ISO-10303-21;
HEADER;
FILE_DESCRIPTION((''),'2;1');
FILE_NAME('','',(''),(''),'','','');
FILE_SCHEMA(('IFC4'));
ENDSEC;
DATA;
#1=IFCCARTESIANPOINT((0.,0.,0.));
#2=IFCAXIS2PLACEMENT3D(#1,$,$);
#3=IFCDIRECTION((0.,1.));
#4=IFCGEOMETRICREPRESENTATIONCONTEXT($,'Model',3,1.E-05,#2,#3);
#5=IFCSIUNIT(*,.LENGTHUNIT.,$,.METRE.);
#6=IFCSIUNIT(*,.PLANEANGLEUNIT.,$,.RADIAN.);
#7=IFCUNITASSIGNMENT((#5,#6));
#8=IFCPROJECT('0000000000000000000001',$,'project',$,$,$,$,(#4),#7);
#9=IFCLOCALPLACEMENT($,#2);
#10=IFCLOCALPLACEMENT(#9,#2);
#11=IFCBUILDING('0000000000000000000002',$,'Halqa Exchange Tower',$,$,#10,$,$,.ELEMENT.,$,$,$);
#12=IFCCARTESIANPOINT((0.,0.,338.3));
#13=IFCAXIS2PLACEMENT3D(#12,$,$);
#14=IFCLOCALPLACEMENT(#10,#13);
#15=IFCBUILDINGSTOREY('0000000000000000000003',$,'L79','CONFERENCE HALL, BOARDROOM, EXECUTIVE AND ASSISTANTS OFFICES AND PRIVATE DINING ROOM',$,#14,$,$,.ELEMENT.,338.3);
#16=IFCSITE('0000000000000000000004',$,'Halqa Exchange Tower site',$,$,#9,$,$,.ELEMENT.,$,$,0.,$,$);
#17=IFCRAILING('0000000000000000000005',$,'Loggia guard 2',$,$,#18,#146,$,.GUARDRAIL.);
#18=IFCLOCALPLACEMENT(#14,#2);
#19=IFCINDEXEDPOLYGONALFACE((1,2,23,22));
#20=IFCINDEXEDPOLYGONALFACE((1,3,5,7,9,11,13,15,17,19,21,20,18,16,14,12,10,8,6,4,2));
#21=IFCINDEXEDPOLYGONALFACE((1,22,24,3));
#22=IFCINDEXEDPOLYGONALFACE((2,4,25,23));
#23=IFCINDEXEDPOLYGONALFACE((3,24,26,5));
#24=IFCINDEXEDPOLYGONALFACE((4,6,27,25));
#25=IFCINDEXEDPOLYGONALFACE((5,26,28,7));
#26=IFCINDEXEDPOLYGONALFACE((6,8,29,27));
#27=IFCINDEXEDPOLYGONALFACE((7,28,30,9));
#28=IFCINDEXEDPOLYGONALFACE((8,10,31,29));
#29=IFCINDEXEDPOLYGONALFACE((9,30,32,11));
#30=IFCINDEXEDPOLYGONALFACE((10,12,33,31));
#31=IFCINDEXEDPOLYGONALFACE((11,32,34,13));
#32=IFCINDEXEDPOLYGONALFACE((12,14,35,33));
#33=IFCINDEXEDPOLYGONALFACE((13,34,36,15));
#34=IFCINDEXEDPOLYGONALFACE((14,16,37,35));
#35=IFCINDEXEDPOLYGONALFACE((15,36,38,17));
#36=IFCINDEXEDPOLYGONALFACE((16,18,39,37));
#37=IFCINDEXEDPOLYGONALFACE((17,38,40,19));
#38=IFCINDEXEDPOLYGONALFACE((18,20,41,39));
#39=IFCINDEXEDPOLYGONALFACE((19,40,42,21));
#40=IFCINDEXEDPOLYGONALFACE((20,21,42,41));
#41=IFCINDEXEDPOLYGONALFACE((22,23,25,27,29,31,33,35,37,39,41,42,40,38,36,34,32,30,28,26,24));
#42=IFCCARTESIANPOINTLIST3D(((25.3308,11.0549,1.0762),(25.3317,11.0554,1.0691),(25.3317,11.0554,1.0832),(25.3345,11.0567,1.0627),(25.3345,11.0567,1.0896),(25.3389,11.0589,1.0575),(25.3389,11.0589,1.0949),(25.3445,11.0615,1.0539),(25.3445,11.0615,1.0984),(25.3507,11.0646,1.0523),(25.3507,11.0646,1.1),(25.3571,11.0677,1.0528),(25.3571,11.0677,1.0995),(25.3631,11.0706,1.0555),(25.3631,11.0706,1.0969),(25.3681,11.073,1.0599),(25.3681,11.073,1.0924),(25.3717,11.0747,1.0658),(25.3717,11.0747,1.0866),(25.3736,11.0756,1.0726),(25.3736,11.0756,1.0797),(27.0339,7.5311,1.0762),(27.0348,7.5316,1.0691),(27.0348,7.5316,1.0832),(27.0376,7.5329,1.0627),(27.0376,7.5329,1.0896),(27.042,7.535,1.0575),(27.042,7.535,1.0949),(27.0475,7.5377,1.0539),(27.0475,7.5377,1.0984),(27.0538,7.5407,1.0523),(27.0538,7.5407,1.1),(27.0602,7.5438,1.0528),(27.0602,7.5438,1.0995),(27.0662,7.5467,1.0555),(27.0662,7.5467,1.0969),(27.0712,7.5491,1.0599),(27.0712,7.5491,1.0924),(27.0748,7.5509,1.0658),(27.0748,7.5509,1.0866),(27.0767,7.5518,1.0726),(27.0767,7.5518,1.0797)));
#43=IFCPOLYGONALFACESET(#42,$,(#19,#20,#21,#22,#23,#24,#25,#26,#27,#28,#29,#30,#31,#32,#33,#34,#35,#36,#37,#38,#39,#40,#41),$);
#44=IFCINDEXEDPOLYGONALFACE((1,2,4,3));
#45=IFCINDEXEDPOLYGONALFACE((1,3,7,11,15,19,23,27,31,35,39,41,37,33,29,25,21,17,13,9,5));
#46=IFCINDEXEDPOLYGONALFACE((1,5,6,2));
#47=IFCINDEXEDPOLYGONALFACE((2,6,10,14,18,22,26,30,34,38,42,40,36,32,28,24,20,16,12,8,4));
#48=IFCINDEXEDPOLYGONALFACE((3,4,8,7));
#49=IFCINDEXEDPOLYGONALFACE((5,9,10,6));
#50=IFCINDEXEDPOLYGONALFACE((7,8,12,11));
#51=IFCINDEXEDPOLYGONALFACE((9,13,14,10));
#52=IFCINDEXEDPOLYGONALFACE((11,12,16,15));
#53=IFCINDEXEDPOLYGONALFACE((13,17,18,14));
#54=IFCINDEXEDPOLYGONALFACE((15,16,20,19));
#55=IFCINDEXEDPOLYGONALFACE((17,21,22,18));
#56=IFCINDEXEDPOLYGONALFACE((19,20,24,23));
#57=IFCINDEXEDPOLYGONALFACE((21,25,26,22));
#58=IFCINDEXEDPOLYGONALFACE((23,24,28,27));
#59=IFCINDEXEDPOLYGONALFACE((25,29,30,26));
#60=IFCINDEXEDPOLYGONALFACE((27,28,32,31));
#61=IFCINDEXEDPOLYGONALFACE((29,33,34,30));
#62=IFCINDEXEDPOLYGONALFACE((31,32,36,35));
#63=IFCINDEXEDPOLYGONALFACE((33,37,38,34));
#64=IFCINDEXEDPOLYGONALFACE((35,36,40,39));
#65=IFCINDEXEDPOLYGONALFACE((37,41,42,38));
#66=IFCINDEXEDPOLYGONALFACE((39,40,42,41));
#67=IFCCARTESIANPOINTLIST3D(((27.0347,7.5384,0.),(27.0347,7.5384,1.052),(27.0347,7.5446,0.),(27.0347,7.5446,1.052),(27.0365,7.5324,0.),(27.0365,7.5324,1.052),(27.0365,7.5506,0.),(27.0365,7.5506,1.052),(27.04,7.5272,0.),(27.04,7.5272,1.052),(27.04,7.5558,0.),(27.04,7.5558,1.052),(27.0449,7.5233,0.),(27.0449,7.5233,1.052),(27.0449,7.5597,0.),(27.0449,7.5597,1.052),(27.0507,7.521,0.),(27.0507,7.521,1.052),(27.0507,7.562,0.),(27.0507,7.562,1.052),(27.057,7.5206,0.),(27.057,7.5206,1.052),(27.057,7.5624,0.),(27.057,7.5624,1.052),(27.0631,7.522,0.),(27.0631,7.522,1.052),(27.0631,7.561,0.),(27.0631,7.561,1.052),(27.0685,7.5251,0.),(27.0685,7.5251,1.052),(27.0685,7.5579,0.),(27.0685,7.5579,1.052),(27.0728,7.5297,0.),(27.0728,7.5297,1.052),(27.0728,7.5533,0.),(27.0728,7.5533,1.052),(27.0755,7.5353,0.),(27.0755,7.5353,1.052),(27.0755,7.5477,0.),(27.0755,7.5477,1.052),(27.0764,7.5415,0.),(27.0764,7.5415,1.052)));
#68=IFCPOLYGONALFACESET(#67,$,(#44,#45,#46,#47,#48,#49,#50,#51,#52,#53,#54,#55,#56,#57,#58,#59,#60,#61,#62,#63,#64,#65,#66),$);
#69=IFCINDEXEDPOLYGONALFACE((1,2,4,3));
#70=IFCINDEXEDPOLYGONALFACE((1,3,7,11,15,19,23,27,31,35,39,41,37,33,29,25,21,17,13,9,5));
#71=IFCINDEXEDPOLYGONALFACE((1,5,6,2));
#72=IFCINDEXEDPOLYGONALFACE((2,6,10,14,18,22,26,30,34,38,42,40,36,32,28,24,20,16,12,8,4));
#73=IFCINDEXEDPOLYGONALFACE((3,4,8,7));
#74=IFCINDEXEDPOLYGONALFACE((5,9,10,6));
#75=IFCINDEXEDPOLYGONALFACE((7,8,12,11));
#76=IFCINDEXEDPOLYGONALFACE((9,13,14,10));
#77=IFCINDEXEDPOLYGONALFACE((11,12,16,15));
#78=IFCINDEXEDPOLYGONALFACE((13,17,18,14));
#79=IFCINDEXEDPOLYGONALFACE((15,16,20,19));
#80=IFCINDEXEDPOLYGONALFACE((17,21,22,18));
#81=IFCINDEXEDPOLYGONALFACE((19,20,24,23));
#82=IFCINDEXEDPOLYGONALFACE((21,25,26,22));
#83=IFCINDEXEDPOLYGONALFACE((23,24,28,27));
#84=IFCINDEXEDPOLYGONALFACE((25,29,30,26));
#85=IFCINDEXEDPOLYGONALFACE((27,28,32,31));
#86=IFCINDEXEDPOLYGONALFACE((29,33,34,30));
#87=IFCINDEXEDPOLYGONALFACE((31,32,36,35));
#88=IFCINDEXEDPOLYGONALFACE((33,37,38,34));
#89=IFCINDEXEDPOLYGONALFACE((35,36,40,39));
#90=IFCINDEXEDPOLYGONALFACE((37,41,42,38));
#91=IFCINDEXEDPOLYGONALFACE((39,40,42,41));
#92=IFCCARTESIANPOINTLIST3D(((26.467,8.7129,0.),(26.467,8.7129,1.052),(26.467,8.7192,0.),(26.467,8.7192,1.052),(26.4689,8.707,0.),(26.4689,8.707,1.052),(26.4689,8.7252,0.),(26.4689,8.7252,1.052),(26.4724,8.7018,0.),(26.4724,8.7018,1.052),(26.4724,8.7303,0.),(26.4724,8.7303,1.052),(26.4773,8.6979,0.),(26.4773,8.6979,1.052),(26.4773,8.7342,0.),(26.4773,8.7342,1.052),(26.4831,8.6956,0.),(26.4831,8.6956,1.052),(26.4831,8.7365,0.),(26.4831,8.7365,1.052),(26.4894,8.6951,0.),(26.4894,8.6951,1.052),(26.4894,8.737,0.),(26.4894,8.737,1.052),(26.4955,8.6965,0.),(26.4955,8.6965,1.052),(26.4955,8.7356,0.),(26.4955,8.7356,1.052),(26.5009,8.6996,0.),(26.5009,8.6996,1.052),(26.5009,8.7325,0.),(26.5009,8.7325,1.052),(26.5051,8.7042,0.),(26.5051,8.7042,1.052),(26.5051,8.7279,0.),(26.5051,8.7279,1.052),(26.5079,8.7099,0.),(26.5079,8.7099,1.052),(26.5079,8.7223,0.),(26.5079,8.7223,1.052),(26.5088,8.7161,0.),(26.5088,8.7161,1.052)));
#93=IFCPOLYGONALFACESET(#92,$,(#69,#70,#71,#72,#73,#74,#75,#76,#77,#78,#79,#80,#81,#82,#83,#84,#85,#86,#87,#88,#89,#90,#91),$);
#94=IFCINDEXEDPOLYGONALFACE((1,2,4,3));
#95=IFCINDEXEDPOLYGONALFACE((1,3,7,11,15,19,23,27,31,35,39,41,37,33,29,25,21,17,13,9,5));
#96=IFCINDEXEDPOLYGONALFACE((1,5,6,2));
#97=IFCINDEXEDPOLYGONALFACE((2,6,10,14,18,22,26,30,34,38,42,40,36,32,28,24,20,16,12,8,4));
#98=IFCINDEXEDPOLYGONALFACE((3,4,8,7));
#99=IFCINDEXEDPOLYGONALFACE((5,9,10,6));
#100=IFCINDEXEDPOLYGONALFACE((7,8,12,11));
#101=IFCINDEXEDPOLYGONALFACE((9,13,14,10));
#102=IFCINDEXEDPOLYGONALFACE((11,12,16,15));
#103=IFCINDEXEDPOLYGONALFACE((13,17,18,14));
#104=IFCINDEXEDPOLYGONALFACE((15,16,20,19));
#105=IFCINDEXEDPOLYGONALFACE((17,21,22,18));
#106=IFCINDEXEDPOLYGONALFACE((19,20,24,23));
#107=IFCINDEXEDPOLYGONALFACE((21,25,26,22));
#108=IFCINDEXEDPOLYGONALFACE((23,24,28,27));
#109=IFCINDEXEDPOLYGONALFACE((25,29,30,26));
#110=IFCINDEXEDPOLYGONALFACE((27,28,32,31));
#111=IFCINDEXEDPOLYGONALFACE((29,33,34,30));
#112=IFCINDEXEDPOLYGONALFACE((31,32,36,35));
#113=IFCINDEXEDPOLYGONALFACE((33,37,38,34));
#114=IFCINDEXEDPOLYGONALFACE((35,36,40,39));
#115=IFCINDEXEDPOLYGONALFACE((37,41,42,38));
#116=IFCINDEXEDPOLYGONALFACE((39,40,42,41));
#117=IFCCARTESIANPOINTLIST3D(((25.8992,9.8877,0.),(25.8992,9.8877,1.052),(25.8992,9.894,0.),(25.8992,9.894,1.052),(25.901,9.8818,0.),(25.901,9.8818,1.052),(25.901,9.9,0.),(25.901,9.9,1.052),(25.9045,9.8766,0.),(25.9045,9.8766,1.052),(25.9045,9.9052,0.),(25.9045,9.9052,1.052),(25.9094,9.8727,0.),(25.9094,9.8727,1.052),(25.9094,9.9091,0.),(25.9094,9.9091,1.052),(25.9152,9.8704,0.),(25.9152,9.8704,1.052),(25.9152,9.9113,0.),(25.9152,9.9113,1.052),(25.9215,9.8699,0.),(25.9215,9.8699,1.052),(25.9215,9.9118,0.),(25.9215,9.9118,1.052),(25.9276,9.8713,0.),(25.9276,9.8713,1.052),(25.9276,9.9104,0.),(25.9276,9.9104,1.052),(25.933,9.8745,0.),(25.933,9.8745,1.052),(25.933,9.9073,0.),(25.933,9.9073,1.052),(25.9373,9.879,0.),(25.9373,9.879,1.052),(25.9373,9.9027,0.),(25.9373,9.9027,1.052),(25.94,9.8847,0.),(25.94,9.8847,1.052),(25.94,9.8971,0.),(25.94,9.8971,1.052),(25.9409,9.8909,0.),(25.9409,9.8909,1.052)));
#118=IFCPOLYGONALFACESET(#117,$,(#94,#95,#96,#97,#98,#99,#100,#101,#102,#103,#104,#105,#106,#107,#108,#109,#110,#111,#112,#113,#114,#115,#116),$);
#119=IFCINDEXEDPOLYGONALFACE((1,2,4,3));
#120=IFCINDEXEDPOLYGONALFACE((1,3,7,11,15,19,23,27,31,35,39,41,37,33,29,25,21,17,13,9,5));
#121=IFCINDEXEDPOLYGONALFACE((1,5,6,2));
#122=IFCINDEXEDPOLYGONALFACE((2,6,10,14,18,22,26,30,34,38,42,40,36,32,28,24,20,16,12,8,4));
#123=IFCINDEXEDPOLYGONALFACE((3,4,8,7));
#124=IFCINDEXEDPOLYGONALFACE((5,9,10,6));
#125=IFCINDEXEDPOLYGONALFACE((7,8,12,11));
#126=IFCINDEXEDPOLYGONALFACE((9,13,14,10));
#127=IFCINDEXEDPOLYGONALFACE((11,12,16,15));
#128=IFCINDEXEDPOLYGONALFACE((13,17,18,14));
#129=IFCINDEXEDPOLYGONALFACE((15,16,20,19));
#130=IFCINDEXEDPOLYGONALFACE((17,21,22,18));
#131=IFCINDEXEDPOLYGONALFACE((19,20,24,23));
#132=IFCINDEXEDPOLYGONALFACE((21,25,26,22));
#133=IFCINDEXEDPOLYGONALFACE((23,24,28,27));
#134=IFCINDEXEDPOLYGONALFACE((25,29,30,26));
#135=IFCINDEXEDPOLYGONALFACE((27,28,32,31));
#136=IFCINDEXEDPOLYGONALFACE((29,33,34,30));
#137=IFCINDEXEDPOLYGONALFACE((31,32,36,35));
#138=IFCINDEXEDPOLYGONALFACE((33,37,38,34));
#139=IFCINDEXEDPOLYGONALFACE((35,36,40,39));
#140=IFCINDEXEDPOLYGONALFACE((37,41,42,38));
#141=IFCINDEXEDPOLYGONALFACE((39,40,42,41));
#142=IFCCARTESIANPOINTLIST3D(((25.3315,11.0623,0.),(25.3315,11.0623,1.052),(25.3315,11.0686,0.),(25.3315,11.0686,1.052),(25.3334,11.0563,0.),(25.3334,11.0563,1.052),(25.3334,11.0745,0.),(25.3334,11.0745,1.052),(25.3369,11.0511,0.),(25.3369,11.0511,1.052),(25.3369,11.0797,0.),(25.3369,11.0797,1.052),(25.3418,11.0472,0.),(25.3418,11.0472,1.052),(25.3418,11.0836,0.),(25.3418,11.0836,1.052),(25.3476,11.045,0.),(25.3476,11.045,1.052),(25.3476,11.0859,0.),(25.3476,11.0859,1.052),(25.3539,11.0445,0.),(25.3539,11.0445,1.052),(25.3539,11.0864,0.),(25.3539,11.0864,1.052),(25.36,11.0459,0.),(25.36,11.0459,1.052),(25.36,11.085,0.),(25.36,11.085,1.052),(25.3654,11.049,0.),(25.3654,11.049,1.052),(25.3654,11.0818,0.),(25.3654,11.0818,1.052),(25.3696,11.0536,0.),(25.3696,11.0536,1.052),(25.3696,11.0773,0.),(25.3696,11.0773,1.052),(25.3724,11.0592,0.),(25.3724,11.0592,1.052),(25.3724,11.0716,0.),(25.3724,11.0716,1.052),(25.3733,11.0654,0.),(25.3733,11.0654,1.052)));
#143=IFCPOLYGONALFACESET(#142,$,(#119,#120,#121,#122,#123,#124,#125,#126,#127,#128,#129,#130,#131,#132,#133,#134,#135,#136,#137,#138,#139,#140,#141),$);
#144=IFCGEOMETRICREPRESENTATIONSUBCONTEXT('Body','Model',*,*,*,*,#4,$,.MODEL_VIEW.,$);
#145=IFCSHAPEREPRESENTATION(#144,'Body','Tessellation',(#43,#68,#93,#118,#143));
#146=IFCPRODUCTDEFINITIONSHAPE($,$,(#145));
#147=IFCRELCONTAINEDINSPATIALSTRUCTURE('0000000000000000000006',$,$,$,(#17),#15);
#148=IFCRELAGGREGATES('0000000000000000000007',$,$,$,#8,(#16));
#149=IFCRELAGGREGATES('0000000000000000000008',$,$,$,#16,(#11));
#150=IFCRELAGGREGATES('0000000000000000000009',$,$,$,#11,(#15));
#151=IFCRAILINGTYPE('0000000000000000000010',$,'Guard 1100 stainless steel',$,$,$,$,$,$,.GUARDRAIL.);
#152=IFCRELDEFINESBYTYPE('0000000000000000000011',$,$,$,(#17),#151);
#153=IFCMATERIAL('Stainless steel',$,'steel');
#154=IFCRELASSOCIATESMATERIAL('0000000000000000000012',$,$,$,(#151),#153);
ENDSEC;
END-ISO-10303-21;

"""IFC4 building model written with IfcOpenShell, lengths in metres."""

from ifc_helpers import new_model, si_unit, direction, frame, origin, origin_2d, place, context, subcontext, project, spatial, circle, extrude, material, type_object, element, save


model = new_model("IFC4")

# Units and contexts
model_context = context("Model", 3, precision=1e-05, world=origin(), true_north=direction((0.0, 1.0)))
body_context = subcontext(model_context, "Body", "Model", "MODEL_VIEW")
ifc_project = project(units=[si_unit("LENGTHUNIT", "METRE"), si_unit("PLANEANGLEUNIT", "RADIAN")], contexts=[model_context])

# Site, building, storey
site_placement = place(None, origin())
site = spatial("IfcSite", under=ifc_project, at=site_placement, Name="Halqa Exchange Tower site", CompositionType="ELEMENT", RefElevation=0.0)
building_placement = place(site_placement, origin())
building = spatial("IfcBuilding", under=site, at=building_placement, Name="Halqa Exchange Tower", CompositionType="ELEMENT")
storey_placement = place(building_placement, frame((0.0, 0.0, 338.3)))
storey = spatial("IfcBuildingStorey", under=building, at=storey_placement, Name="L79", Description="CONFERENCE HALL, BOARDROOM, EXECUTIVE AND ASSISTANTS OFFICES AND PRIVATE DINING ROOM", CompositionType="ELEMENT", Elevation=338.3)

# Railing
ifc_material_1 = material(Name="Stainless steel", Category="steel")
railing_type = type_object("IfcRailingType", Name="Guard 1100 stainless steel", PredefinedType="GUARDRAIL", material=ifc_material_1)
railing_1_placement = place(storey_placement, frame((27.0554, 7.5415, 0.0)))
element("IfcRailing", 1, at=railing_1_placement, inside=storey, type_object=railing_type, Name="Loggia guard 2", PredefinedType="GUARDRAIL", context=body_context, shape_type="SweptSolid", body=[
    extrude(circle(Radius=0.0239, at=origin_2d()), frame((0.0, 0.0, 1.0762), z_axis=(-0.435147, 0.90036, 0.0), x_axis=(-0.90036, -0.435147, 0.0)), (0.0, 0.0, 1.0), 3.9138),
    extrude(circle(Radius=0.021, at=origin_2d()), origin(), (0.0, 0.0, 1.0), 1.052),
    extrude(circle(Radius=0.021, at=origin_2d()), frame((-0.5676, 1.1746, 0.0)), (0.0, 0.0, 1.0), 1.052),
    extrude(circle(Radius=0.021, at=origin_2d()), frame((-1.1355, 2.3494, 0.0)), (0.0, 0.0, 1.0), 1.052),
    extrude(circle(Radius=0.021, at=origin_2d()), frame((-1.7031, 3.5239, 0.0)), (0.0, 0.0, 1.0), 1.052),
])

save(model, "model.ifc")
